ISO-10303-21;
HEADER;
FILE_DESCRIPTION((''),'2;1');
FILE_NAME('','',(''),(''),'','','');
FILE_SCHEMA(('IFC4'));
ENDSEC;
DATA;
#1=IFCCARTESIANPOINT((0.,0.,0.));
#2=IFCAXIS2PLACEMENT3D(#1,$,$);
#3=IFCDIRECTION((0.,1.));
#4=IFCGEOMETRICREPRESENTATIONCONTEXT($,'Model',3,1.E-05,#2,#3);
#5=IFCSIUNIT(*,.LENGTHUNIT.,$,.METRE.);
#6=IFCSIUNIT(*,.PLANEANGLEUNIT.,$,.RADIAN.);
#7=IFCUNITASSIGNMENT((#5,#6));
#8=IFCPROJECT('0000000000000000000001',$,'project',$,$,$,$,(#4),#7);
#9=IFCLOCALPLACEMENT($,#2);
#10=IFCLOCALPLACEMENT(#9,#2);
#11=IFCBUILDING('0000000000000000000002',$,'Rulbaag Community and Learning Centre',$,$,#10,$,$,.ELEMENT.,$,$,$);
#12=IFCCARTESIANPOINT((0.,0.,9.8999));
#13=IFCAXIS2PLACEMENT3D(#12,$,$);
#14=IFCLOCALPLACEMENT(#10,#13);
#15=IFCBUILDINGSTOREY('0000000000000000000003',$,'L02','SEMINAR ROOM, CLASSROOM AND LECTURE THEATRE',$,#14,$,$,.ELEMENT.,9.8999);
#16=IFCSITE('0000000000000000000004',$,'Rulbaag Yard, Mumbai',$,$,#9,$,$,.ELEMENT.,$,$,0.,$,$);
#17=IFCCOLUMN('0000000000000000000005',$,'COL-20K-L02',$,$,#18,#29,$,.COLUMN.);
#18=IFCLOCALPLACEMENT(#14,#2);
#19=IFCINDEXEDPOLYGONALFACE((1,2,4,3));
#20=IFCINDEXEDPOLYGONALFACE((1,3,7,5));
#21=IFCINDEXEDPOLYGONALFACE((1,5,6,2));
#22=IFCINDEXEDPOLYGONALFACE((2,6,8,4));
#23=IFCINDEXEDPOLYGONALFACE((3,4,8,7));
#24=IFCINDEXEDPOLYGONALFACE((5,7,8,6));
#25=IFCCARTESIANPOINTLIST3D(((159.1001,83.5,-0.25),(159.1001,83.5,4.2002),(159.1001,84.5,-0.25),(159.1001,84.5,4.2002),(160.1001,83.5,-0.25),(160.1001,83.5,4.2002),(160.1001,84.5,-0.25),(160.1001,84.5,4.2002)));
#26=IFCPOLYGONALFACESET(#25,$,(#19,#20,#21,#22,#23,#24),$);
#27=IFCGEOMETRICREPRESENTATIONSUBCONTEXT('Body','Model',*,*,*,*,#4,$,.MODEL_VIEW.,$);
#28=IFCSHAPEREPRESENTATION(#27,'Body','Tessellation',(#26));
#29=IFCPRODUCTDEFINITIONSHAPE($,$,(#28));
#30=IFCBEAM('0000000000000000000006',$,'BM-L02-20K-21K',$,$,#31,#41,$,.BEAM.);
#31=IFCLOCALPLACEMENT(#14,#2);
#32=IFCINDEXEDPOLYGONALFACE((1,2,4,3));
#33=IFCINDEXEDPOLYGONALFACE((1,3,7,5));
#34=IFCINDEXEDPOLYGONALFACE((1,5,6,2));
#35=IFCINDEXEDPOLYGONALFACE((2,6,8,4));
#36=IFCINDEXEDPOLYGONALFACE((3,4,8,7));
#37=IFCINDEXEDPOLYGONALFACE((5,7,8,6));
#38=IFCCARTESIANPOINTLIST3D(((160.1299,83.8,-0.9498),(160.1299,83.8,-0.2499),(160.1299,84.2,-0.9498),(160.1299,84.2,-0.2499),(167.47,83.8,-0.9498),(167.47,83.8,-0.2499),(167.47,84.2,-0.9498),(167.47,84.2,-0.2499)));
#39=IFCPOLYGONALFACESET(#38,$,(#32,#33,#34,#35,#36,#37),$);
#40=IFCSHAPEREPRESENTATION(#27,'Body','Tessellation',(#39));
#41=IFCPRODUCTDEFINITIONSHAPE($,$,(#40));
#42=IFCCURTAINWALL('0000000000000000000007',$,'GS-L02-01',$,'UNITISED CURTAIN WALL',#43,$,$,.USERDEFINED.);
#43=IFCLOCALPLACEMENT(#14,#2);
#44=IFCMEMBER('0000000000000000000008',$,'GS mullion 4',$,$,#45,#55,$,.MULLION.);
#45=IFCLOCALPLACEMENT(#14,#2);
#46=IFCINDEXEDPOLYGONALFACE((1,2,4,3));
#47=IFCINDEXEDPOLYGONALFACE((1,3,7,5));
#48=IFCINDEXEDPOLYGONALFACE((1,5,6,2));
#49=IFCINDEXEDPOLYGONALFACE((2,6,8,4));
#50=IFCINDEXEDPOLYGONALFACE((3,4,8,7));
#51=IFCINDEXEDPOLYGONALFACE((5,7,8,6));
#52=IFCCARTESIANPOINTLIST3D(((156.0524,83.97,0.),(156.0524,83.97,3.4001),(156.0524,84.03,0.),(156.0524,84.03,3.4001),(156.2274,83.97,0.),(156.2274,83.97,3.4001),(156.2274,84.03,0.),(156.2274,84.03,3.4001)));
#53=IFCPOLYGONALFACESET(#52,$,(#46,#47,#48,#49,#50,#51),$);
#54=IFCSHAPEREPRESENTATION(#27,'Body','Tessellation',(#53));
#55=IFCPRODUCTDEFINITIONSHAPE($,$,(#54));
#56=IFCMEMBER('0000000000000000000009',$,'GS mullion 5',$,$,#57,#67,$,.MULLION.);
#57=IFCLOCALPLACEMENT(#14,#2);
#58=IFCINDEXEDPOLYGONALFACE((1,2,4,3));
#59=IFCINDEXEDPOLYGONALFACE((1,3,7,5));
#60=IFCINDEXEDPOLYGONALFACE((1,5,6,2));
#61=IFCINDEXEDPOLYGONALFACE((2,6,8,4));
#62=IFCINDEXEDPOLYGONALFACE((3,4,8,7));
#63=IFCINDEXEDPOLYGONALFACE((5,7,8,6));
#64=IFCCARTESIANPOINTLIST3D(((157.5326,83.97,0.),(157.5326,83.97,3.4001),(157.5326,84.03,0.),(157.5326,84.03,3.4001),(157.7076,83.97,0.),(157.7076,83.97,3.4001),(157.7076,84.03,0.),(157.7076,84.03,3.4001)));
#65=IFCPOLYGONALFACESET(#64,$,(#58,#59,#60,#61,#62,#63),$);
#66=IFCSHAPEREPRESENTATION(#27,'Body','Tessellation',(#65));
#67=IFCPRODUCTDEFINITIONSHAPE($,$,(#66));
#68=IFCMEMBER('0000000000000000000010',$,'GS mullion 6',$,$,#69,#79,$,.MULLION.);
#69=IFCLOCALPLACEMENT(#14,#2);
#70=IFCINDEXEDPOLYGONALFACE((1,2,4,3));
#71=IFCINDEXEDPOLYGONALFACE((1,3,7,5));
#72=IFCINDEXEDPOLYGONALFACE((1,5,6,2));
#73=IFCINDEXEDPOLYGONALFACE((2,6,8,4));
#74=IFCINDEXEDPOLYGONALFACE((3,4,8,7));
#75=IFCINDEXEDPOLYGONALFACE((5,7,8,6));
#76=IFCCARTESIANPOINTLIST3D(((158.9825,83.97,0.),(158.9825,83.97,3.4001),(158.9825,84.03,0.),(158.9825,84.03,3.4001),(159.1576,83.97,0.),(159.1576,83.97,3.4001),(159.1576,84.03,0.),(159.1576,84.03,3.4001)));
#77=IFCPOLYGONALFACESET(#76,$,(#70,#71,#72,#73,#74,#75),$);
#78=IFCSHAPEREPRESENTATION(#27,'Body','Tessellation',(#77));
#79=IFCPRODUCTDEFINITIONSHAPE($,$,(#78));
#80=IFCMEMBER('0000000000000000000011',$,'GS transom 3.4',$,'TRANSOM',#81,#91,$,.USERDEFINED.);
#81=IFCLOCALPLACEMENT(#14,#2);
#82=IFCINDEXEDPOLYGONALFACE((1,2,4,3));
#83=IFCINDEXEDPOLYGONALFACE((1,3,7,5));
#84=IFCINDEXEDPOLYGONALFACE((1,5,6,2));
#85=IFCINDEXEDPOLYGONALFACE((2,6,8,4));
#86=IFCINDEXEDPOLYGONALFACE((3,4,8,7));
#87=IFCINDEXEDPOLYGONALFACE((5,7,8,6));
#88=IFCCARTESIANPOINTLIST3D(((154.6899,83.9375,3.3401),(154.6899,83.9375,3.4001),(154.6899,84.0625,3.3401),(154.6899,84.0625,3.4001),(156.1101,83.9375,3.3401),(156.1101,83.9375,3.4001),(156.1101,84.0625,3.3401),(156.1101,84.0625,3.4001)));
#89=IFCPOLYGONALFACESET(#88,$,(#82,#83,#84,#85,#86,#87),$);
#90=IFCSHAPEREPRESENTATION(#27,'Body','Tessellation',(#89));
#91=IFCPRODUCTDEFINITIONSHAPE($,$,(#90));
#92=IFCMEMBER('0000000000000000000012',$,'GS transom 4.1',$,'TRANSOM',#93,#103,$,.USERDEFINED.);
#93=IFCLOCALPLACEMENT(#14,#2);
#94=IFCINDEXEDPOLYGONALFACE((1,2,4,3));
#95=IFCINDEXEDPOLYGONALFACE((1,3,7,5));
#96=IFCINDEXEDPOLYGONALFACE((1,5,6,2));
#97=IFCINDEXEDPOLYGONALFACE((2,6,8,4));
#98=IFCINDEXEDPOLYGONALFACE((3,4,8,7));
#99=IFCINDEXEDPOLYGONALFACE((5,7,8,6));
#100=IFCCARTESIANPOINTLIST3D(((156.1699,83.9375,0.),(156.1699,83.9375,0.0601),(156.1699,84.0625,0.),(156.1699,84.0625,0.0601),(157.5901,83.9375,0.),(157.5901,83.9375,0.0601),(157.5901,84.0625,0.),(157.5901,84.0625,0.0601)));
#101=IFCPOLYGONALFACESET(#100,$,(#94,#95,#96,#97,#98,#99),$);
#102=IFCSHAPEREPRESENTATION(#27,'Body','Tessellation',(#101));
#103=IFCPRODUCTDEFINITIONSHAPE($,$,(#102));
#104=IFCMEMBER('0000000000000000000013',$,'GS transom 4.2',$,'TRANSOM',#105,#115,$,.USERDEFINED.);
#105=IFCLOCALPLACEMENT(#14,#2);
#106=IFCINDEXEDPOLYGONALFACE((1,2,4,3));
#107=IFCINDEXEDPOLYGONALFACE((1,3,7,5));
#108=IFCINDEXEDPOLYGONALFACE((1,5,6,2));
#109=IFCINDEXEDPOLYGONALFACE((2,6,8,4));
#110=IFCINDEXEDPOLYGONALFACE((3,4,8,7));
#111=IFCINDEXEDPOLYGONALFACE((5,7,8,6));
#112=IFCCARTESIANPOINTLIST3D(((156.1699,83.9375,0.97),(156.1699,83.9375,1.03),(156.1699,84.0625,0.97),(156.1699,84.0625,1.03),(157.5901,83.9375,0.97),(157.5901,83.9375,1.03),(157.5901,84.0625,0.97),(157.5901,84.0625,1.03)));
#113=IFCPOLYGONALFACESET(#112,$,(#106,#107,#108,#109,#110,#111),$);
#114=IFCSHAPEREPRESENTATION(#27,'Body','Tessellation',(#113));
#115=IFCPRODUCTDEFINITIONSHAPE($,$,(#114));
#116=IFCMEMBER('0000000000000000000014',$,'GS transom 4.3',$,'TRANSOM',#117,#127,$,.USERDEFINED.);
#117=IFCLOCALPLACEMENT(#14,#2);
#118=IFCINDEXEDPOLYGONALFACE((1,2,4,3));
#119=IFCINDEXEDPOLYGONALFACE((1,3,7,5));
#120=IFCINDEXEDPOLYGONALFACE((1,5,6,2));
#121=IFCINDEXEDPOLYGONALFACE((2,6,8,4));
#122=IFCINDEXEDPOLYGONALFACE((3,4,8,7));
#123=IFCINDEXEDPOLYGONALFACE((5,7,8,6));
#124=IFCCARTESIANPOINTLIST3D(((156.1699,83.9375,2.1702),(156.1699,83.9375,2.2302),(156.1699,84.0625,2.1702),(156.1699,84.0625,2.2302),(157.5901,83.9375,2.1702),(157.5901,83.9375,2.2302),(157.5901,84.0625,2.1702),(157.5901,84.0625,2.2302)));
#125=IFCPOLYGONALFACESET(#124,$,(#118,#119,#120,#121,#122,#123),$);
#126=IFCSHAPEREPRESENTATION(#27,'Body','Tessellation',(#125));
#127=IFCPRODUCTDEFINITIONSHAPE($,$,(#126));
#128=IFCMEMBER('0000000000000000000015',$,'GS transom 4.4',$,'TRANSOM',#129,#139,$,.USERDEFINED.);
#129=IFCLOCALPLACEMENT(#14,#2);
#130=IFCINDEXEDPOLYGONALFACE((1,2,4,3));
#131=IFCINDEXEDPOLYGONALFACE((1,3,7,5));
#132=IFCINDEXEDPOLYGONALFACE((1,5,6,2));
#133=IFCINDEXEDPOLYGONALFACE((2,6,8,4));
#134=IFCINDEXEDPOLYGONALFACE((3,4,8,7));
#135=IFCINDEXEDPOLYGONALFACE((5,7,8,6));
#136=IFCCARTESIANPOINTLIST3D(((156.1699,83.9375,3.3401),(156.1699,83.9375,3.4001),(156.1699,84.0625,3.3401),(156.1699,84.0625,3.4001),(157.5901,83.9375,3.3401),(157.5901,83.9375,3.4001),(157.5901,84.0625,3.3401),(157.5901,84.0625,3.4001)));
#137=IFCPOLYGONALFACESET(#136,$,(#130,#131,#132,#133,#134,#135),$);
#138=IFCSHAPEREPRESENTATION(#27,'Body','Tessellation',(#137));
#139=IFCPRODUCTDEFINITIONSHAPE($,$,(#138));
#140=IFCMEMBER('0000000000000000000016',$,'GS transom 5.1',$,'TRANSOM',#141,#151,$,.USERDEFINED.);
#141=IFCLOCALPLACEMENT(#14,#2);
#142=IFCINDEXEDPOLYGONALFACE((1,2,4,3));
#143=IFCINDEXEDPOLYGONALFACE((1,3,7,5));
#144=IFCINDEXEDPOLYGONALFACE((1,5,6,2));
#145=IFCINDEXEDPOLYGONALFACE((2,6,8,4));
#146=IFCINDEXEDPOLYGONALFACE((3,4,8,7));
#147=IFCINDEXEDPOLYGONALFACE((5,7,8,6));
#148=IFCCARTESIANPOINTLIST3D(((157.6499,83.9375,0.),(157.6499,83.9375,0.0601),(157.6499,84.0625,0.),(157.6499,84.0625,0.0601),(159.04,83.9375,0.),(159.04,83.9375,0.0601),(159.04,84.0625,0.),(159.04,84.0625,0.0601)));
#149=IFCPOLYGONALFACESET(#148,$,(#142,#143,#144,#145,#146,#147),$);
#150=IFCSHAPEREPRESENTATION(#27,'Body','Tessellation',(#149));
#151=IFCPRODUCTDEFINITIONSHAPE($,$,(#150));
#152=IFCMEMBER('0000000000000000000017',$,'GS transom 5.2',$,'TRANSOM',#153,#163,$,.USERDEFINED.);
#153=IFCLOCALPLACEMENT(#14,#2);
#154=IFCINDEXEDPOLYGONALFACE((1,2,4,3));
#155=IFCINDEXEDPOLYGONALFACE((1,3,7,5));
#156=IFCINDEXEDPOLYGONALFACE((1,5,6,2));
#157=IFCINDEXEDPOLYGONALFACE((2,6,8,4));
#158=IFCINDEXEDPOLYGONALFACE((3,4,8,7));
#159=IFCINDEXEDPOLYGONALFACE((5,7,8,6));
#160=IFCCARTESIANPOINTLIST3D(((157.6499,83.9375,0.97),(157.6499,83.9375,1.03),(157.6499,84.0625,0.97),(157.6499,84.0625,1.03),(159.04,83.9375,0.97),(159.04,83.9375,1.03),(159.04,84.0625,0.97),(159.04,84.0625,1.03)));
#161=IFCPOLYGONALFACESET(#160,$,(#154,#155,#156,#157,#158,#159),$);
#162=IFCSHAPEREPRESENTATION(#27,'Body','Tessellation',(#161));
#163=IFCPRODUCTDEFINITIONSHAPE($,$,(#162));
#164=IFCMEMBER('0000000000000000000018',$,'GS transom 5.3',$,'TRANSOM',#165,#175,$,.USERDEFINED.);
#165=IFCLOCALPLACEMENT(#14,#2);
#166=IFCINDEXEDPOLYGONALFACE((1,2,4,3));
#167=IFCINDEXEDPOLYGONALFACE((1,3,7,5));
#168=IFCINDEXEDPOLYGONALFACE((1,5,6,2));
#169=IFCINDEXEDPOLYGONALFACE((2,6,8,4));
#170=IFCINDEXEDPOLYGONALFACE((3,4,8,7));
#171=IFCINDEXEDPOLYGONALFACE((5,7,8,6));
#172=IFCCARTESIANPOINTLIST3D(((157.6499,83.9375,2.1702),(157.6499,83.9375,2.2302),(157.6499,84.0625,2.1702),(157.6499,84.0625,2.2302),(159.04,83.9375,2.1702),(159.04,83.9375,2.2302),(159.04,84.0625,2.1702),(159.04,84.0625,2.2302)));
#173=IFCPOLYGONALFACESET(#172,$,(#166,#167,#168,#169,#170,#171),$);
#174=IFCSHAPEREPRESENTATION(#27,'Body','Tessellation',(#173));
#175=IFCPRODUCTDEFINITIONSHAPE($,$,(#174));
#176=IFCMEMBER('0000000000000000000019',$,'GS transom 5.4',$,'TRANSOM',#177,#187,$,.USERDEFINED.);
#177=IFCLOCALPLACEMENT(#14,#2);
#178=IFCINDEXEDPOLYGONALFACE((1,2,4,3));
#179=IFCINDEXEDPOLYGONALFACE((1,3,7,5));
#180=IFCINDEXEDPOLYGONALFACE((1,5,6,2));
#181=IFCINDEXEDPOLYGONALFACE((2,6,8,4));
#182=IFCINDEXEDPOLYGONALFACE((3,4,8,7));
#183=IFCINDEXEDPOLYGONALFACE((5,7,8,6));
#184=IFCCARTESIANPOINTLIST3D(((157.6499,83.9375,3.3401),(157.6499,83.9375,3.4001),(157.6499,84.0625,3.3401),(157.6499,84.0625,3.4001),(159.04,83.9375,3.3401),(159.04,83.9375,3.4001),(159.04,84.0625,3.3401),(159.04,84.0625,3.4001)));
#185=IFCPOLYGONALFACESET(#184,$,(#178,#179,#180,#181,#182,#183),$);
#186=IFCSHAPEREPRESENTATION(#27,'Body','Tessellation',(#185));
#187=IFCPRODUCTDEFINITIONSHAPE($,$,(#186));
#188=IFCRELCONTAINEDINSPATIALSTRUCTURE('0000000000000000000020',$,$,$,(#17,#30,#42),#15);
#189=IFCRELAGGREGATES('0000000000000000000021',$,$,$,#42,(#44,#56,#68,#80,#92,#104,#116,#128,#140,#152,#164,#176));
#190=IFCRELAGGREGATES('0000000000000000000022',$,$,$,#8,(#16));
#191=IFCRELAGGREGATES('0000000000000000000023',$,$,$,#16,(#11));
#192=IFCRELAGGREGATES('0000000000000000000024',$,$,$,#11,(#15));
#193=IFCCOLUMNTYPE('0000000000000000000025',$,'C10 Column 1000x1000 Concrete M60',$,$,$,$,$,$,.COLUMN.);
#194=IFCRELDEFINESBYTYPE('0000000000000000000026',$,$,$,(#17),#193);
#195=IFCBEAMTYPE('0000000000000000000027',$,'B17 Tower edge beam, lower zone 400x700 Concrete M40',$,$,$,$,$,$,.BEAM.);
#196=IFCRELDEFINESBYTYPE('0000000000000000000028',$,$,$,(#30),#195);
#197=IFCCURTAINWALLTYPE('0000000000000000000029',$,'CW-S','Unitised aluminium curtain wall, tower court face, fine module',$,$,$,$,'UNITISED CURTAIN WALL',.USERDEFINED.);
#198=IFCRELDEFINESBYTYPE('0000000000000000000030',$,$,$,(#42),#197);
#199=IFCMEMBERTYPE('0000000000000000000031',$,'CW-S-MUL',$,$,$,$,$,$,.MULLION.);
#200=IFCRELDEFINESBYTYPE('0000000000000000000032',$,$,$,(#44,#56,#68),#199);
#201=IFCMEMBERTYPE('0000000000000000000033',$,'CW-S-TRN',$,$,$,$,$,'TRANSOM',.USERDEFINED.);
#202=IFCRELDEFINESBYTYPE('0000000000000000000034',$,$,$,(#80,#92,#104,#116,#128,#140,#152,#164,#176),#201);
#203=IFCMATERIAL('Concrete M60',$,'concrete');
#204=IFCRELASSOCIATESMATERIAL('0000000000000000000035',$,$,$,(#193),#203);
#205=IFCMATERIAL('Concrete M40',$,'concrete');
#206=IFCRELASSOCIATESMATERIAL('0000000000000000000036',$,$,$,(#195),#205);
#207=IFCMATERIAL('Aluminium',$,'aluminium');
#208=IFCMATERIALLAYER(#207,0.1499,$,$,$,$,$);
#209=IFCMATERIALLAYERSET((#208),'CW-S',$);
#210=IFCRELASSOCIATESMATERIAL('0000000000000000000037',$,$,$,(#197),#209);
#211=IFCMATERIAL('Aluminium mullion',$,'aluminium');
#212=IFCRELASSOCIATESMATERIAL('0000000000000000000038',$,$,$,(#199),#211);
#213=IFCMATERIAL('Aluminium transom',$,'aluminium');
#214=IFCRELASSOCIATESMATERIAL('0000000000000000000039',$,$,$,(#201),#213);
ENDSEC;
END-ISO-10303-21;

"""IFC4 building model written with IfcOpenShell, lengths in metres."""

from ifc_helpers import new_model, si_unit, direction, frame, origin, origin_2d, place, context, subcontext, project, spatial, rectangle, extrude, material, layer, layer_set, material_profile, profile_set, type_object, element, aggregate, save


model = new_model("IFC4")

# Units and contexts
model_context = context("Model", 3, precision=1e-05, world=origin(), true_north=direction((0.0, 1.0)))
body_context = subcontext(model_context, "Body", "Model", "MODEL_VIEW")
ifc_project = project(units=[si_unit("LENGTHUNIT", "METRE"), si_unit("PLANEANGLEUNIT", "RADIAN")], contexts=[model_context])

# Site, building, storey
site_placement = place(None, origin())
site = spatial("IfcSite", under=ifc_project, at=site_placement, Name="Rulbaag Yard, Mumbai", CompositionType="ELEMENT", RefElevation=0.0)
building_placement = place(site_placement, origin())
building = spatial("IfcBuilding", under=site, at=building_placement, Name="Rulbaag Community and Learning Centre", CompositionType="ELEMENT")
storey_placement = place(building_placement, frame((0.0, 0.0, 9.8999)))
storey = spatial("IfcBuildingStorey", under=building, at=storey_placement, Name="L02", Description="SEMINAR ROOM, CLASSROOM AND LECTURE THEATRE", CompositionType="ELEMENT", Elevation=9.8999)

# Column
ifc_material_1 = material(Name="Concrete M60", Category="concrete")
ifc_material_profile_1 = material_profile(ifc_material_1, rectangle(XDim=1.0, YDim=1.0, at=origin_2d()), Name="RC1000x1000")
ifc_profile_set_1 = profile_set([ifc_material_profile_1], Name="Concrete M60")
column_type = type_object("IfcColumnType", Name="C10 Column 1000x1000 Concrete M60", PredefinedType="COLUMN", material=ifc_profile_set_1)
column_placement = place(storey_placement, frame((159.6001, 84.0, -0.25), z_axis=(0.0, 0.0, 1.0), x_axis=(1.0, 0.0, 0.0)))
element("IfcColumn", 1, at=column_placement, inside=storey, type_object=column_type, Name="COL-20K-L02", PredefinedType="COLUMN", context=body_context, shape_type="SweptSolid", body=[
    extrude(rectangle(XDim=1.0, YDim=1.0, at=origin_2d()), origin(), (0.0, 0.0, 1.0), 4.4502),
])

# Beam
ifc_material_2 = material(Name="Concrete M40", Category="concrete")
ifc_material_profile_2 = material_profile(ifc_material_2, rectangle(XDim=0.3999, YDim=0.7, at=origin_2d()), Name="RB400x700")
ifc_profile_set_2 = profile_set([ifc_material_profile_2], Name="Concrete M40")
beam_type = type_object("IfcBeamType", Name="B17 Tower edge beam, lower zone 400x700 Concrete M40", PredefinedType="BEAM", material=ifc_profile_set_2)
beam_placement = place(storey_placement, frame((160.1299, 84.0, -0.5999), z_axis=(1.0, 0.0, 0.0), x_axis=(0.0, 1.0, 0.0)))
element("IfcBeam", 2, at=beam_placement, inside=storey, type_object=beam_type, Name="BM-L02-20K-21K", PredefinedType="BEAM", context=body_context, shape_type="SweptSolid", body=[
    extrude(rectangle(XDim=0.3999, YDim=0.7, at=origin_2d()), origin(), (0.0, 0.0, 1.0), 7.3401),
])

# Curtain wall, members
ifc_material_3 = material(Name="Aluminium", Category="aluminium")
ifc_layer_1 = layer(ifc_material_3, 0.1499)
ifc_layer_set_1 = layer_set([ifc_layer_1], Name="CW-S")
curtain_wall_type = type_object("IfcCurtainWallType", Name="CW-S", Description="Unitised aluminium curtain wall, tower court face, fine module", ElementType="UNITISED CURTAIN WALL", PredefinedType="USERDEFINED", material=ifc_layer_set_1)
curtain_wall_placement = place(storey_placement, origin())
curtain_wall = element("IfcCurtainWall", 3, at=curtain_wall_placement, inside=storey, type_object=curtain_wall_type, Name="GS-L02-01", ObjectType="UNITISED CURTAIN WALL", PredefinedType="USERDEFINED")
ifc_material_4 = material(Name="Aluminium mullion", Category="aluminium")
ifc_material_profile_3 = material_profile(ifc_material_4, rectangle(XDim=0.0601, YDim=0.175, at=origin_2d()), Name="AL 60x175")
ifc_profile_set_3 = profile_set([ifc_material_profile_3], Name="Aluminium mullion")
member_type_1 = type_object("IfcMemberType", Name="CW-S-MUL", PredefinedType="MULLION", material=ifc_profile_set_3)
member_1_placement = place(storey_placement, frame((156.1399, 84.0, 0.0), z_axis=(0.0, 0.0, 1.0), x_axis=(0.0, 1.0, 0.0)))
member_1 = element("IfcMember", 4, at=member_1_placement, type_object=member_type_1, Name="GS mullion 4", PredefinedType="MULLION", context=body_context, shape_type="SweptSolid", body=[
    extrude(rectangle(XDim=0.0601, YDim=0.175, at=origin_2d()), origin(), (0.0, 0.0, 1.0), 3.4001),
])
member_2_placement = place(storey_placement, frame((157.6201, 84.0, 0.0), z_axis=(0.0, 0.0, 1.0), x_axis=(0.0, 1.0, 0.0)))
member_2 = element("IfcMember", 5, at=member_2_placement, type_object=member_type_1, Name="GS mullion 5", PredefinedType="MULLION", context=body_context, shape_type="SweptSolid", body=[
    extrude(rectangle(XDim=0.0601, YDim=0.175, at=origin_2d()), origin(), (0.0, 0.0, 1.0), 3.4001),
])
member_3_placement = place(storey_placement, frame((159.0701, 84.0, 0.0), z_axis=(0.0, 0.0, 1.0), x_axis=(0.0, 1.0, 0.0)))
member_3 = element("IfcMember", 6, at=member_3_placement, type_object=member_type_1, Name="GS mullion 6", PredefinedType="MULLION", context=body_context, shape_type="SweptSolid", body=[
    extrude(rectangle(XDim=0.0601, YDim=0.175, at=origin_2d()), origin(), (0.0, 0.0, 1.0), 3.4001),
])
ifc_material_5 = material(Name="Aluminium transom", Category="aluminium")
ifc_material_profile_4 = material_profile(ifc_material_5, rectangle(XDim=0.125, YDim=0.0601, at=origin_2d()), Name="AL 60x125 T")
ifc_profile_set_4 = profile_set([ifc_material_profile_4], Name="Aluminium transom")
member_type_2 = type_object("IfcMemberType", Name="CW-S-TRN", ElementType="TRANSOM", PredefinedType="USERDEFINED", material=ifc_profile_set_4)
member_4_placement = place(storey_placement, frame((154.6899, 84.0, 3.3701), z_axis=(1.0, 0.0, 0.0), x_axis=(0.0, 1.0, 0.0)))
member_4 = element("IfcMember", 7, at=member_4_placement, type_object=member_type_2, Name="GS transom 3.4", ObjectType="TRANSOM", PredefinedType="USERDEFINED", context=body_context, shape_type="SweptSolid", body=[
    extrude(rectangle(XDim=0.125, YDim=0.0601, at=origin_2d()), origin(), (0.0, 0.0, 1.0), 1.4202),
])
member_5_placement = place(storey_placement, frame((156.1699, 84.0, 0.03), z_axis=(1.0, 0.0, 0.0), x_axis=(0.0, 1.0, 0.0)))
member_5 = element("IfcMember", 8, at=member_5_placement, type_object=member_type_2, Name="GS transom 4.1", ObjectType="TRANSOM", PredefinedType="USERDEFINED", context=body_context, shape_type="SweptSolid", body=[
    extrude(rectangle(XDim=0.125, YDim=0.0601, at=origin_2d()), origin(), (0.0, 0.0, 1.0), 1.4202),
])
member_6_placement = place(storey_placement, frame((156.1699, 84.0, 1.0), z_axis=(1.0, 0.0, 0.0), x_axis=(0.0, 1.0, 0.0)))
member_6 = element("IfcMember", 9, at=member_6_placement, type_object=member_type_2, Name="GS transom 4.2", ObjectType="TRANSOM", PredefinedType="USERDEFINED", context=body_context, shape_type="SweptSolid", body=[
    extrude(rectangle(XDim=0.125, YDim=0.0601, at=origin_2d()), origin(), (0.0, 0.0, 1.0), 1.4202),
])
member_7_placement = place(storey_placement, frame((156.1699, 84.0, 2.2002), z_axis=(1.0, 0.0, 0.0), x_axis=(0.0, 1.0, 0.0)))
member_7 = element("IfcMember", 10, at=member_7_placement, type_object=member_type_2, Name="GS transom 4.3", ObjectType="TRANSOM", PredefinedType="USERDEFINED", context=body_context, shape_type="SweptSolid", body=[
    extrude(rectangle(XDim=0.125, YDim=0.0601, at=origin_2d()), origin(), (0.0, 0.0, 1.0), 1.4202),
])
member_8_placement = place(storey_placement, frame((156.1699, 84.0, 3.3701), z_axis=(1.0, 0.0, 0.0), x_axis=(0.0, 1.0, 0.0)))
member_8 = element("IfcMember", 11, at=member_8_placement, type_object=member_type_2, Name="GS transom 4.4", ObjectType="TRANSOM", PredefinedType="USERDEFINED", context=body_context, shape_type="SweptSolid", body=[
    extrude(rectangle(XDim=0.125, YDim=0.0601, at=origin_2d()), origin(), (0.0, 0.0, 1.0), 1.4202),
])
member_9_placement = place(storey_placement, frame((157.6499, 84.0, 0.03), z_axis=(1.0, 0.0, 0.0), x_axis=(0.0, 1.0, 0.0)))
member_9 = element("IfcMember", 12, at=member_9_placement, type_object=member_type_2, Name="GS transom 5.1", ObjectType="TRANSOM", PredefinedType="USERDEFINED", context=body_context, shape_type="SweptSolid", body=[
    extrude(rectangle(XDim=0.125, YDim=0.0601, at=origin_2d()), origin(), (0.0, 0.0, 1.0), 1.3901),
])
member_10_placement = place(storey_placement, frame((157.6499, 84.0, 1.0), z_axis=(1.0, 0.0, 0.0), x_axis=(0.0, 1.0, 0.0)))
member_10 = element("IfcMember", 13, at=member_10_placement, type_object=member_type_2, Name="GS transom 5.2", ObjectType="TRANSOM", PredefinedType="USERDEFINED", context=body_context, shape_type="SweptSolid", body=[
    extrude(rectangle(XDim=0.125, YDim=0.0601, at=origin_2d()), origin(), (0.0, 0.0, 1.0), 1.3901),
])
member_11_placement = place(storey_placement, frame((157.6499, 84.0, 2.2002), z_axis=(1.0, 0.0, 0.0), x_axis=(0.0, 1.0, 0.0)))
member_11 = element("IfcMember", 14, at=member_11_placement, type_object=member_type_2, Name="GS transom 5.3", ObjectType="TRANSOM", PredefinedType="USERDEFINED", context=body_context, shape_type="SweptSolid", body=[
    extrude(rectangle(XDim=0.125, YDim=0.0601, at=origin_2d()), origin(), (0.0, 0.0, 1.0), 1.3901),
])
member_12_placement = place(storey_placement, frame((157.6499, 84.0, 3.3701), z_axis=(1.0, 0.0, 0.0), x_axis=(0.0, 1.0, 0.0)))
member_12 = element("IfcMember", 15, at=member_12_placement, type_object=member_type_2, Name="GS transom 5.4", ObjectType="TRANSOM", PredefinedType="USERDEFINED", context=body_context, shape_type="SweptSolid", body=[
    extrude(rectangle(XDim=0.125, YDim=0.0601, at=origin_2d()), origin(), (0.0, 0.0, 1.0), 1.3901),
])
aggregate(curtain_wall, [member_1, member_2, member_3, member_4, member_5, member_6, member_7, member_8, member_9, member_10, member_11, member_12])

save(model, "model.ifc")
